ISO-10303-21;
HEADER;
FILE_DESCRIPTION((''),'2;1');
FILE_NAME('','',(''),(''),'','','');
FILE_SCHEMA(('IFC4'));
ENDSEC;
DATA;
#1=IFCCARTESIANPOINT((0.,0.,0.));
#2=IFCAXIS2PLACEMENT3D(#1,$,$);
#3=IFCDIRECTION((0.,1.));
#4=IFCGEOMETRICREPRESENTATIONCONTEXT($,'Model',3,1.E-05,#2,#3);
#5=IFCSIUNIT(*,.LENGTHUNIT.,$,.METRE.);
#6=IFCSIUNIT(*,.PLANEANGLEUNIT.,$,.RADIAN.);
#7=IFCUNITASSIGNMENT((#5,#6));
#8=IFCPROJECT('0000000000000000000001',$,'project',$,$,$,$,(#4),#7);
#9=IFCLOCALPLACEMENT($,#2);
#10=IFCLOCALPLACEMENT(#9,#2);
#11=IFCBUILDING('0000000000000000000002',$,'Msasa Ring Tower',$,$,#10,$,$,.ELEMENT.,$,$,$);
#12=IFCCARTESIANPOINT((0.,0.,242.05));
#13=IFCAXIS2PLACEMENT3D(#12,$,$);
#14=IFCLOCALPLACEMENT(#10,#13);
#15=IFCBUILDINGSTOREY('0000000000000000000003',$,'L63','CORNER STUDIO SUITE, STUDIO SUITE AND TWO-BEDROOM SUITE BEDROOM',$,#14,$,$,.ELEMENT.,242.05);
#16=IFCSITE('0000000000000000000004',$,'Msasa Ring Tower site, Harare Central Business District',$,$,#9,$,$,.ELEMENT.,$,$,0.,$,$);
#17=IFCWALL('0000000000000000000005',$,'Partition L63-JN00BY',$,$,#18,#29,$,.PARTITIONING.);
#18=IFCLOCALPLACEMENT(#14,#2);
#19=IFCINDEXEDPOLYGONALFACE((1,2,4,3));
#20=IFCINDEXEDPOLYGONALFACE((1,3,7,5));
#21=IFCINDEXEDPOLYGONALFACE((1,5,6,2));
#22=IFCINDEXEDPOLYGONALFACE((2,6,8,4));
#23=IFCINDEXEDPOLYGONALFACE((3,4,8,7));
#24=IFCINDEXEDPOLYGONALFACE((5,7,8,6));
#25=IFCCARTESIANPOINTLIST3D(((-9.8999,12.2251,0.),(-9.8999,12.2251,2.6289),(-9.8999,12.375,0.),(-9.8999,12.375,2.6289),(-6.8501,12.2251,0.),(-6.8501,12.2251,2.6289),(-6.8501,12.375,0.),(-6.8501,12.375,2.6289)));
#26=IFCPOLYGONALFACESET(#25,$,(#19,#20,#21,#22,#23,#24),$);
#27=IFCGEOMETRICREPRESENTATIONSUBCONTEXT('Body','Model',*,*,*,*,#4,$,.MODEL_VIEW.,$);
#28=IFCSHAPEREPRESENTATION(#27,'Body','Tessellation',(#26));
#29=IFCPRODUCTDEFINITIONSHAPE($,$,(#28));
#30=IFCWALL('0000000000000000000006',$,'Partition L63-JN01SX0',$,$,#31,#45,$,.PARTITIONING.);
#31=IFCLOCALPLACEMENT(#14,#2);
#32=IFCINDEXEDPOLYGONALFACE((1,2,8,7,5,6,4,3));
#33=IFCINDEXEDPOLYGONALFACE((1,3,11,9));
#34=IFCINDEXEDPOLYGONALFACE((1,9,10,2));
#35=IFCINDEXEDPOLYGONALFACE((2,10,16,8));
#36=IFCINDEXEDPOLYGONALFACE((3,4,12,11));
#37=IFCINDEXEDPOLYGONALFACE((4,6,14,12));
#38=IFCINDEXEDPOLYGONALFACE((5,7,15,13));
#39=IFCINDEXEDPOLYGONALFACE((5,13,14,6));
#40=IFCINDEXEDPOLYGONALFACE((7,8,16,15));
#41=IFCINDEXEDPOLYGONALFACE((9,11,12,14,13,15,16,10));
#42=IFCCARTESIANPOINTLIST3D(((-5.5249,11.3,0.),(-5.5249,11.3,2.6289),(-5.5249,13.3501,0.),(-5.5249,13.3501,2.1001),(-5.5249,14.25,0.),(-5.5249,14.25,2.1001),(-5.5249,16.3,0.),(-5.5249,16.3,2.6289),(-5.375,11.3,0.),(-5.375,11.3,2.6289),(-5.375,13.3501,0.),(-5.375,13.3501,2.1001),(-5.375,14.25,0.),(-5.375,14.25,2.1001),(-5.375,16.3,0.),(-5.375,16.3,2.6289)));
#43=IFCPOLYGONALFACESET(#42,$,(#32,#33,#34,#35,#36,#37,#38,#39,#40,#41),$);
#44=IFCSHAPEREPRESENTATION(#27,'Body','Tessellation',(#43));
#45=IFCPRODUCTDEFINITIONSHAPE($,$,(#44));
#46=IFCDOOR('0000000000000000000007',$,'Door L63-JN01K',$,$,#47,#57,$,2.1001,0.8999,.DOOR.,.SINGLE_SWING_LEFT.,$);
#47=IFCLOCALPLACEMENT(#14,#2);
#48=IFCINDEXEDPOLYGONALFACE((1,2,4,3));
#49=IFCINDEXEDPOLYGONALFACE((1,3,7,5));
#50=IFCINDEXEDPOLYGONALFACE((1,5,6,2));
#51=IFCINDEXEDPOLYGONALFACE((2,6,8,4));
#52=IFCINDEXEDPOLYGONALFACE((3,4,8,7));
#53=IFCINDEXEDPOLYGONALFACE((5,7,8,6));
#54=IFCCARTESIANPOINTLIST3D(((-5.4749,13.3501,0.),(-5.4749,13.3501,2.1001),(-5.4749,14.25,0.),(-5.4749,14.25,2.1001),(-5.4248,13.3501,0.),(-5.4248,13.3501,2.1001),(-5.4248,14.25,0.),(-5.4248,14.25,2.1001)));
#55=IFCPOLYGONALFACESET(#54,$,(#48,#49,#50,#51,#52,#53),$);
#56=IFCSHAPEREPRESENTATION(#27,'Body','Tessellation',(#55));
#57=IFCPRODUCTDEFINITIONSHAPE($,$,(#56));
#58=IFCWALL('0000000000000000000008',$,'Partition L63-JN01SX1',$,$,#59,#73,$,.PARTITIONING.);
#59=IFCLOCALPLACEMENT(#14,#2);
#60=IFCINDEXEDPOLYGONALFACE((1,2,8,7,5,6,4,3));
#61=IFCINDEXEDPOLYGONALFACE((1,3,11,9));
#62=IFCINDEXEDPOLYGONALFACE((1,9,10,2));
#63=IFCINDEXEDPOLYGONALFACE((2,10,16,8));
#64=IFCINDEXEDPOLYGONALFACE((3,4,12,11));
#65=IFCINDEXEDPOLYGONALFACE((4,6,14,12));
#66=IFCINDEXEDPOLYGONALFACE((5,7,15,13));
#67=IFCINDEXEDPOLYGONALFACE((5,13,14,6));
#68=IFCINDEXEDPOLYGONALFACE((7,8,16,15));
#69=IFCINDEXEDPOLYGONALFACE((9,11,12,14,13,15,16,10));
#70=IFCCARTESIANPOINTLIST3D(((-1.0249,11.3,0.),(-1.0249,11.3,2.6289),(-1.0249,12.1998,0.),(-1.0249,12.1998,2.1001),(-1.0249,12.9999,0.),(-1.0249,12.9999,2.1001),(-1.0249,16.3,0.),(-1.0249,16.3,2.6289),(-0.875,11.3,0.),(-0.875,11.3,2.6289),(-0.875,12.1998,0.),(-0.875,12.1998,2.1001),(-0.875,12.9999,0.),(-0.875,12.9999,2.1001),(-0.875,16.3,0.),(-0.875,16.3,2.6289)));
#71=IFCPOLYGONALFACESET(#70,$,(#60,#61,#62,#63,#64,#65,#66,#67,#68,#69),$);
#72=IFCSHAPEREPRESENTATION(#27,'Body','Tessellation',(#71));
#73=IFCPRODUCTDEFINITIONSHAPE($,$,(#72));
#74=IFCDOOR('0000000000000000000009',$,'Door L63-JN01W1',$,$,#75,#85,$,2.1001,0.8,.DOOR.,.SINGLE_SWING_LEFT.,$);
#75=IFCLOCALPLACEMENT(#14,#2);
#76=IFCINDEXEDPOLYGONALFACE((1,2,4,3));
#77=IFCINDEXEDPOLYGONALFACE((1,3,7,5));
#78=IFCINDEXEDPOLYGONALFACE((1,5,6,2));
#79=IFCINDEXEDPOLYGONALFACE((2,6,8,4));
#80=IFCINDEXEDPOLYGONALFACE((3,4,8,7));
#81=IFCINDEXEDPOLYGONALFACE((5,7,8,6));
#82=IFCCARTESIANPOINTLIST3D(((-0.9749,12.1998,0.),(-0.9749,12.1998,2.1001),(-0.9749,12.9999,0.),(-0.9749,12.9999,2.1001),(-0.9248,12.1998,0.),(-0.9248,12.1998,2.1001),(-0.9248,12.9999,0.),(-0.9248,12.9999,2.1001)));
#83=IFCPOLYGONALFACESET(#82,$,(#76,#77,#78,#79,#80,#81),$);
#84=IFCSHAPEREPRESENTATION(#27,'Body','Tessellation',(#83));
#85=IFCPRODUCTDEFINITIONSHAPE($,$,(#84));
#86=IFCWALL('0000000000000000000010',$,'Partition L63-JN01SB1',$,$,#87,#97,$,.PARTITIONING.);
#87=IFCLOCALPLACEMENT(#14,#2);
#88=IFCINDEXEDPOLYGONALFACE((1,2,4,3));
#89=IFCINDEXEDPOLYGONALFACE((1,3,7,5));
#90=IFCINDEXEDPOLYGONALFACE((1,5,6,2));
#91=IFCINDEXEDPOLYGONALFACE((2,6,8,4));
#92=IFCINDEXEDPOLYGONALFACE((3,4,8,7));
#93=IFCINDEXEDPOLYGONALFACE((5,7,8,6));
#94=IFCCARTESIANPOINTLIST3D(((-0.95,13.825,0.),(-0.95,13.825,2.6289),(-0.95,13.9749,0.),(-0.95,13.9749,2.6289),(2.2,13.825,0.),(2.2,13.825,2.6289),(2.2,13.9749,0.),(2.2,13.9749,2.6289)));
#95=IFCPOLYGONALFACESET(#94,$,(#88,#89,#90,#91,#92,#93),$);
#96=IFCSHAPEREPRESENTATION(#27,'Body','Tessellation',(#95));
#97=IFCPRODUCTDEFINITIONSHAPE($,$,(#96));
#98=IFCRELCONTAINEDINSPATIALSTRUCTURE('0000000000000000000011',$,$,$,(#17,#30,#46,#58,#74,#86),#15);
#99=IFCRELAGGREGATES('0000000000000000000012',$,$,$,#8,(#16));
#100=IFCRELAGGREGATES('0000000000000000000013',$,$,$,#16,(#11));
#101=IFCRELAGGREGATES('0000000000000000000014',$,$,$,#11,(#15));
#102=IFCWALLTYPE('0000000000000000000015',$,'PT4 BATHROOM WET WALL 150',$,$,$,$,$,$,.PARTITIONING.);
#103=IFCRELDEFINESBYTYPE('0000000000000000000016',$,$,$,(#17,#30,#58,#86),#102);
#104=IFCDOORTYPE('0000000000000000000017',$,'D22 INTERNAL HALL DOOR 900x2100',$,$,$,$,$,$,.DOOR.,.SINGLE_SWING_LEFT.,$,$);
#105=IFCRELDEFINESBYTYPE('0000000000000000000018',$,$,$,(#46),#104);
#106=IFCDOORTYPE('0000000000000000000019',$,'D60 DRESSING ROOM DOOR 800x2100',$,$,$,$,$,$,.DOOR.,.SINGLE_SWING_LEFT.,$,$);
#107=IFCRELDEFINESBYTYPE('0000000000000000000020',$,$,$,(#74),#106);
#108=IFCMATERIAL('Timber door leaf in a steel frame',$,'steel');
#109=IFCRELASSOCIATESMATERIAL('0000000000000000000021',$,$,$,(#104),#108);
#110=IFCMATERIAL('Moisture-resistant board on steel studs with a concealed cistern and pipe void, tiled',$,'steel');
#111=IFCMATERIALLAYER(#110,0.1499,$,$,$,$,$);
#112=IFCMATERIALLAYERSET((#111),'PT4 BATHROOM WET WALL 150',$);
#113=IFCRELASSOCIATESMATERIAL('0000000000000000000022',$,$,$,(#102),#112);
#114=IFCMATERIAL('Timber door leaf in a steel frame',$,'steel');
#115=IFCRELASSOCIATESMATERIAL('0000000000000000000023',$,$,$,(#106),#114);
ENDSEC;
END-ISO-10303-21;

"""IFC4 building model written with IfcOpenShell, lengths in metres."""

from ifc_helpers import new_model, si_unit, direction, frame, frame_2d, origin, place, context, subcontext, project, spatial, rectangle, extrude, material, layer, layer_set, type_object, element, fill, save


model = new_model("IFC4")

# Units and contexts
model_context = context("Model", 3, precision=1e-05, world=origin(), true_north=direction((0.0, 1.0)))
body_context = subcontext(model_context, "Body", "Model", "MODEL_VIEW")
ifc_project = project(units=[si_unit("LENGTHUNIT", "METRE"), si_unit("PLANEANGLEUNIT", "RADIAN")], contexts=[model_context])

# Site, building, storey
site_placement = place(None, origin())
site = spatial("IfcSite", under=ifc_project, at=site_placement, Name="Msasa Ring Tower site, Harare Central Business District", CompositionType="ELEMENT", RefElevation=0.0)
building_placement = place(site_placement, origin())
building = spatial("IfcBuilding", under=site, at=building_placement, Name="Msasa Ring Tower", CompositionType="ELEMENT")
storey_placement = place(building_placement, frame((0.0, 0.0, 242.05)))
storey = spatial("IfcBuildingStorey", under=building, at=storey_placement, Name="L63", Description="CORNER STUDIO SUITE, STUDIO SUITE AND TWO-BEDROOM SUITE BEDROOM", CompositionType="ELEMENT", Elevation=242.05)

# Shared definitions
ifc_material_1 = material(Name="Timber door leaf in a steel frame", Category="steel")
door_type_1 = type_object("IfcDoorType", Name="D22 INTERNAL HALL DOOR 900x2100", OperationType="SINGLE_SWING_LEFT", PredefinedType="DOOR", material=ifc_material_1)

# Shared definitions
ifc_material_2 = material(Name="Moisture-resistant board on steel studs with a concealed cistern and pipe void, tiled", Category="steel")
ifc_layer_1 = layer(ifc_material_2, 0.1499)
ifc_layer_set_1 = layer_set([ifc_layer_1], Name="PT4 BATHROOM WET WALL 150")
wall_type_1 = type_object("IfcWallType", Name="PT4 BATHROOM WET WALL 150", PredefinedType="PARTITIONING", material=ifc_layer_set_1)

# Wall
wall_1_placement = place(storey_placement, frame((-9.8999, 12.3, 0.0), z_axis=(0.0, 0.0, 1.0), x_axis=(1.0, 0.0, 0.0)))
element("IfcWall", 1, at=wall_1_placement, inside=storey, type_object=wall_type_1, Name="Partition L63-JN00BY", PredefinedType="PARTITIONING", context=body_context, shape_type="SweptSolid", body=[
    extrude(rectangle(XDim=3.0498, YDim=0.1499, at=frame_2d((1.5249, 0.0))), origin(), (0.0, 0.0, 1.0), 2.6289),
])

# Walls, openings, doors
wall_2_placement = place(storey_placement, frame((-5.45, 11.3, 0.0), z_axis=(0.0, 0.0, 1.0), x_axis=(0.0, 1.0, 0.0)))
wall_2 = element("IfcWall", 2, at=wall_2_placement, inside=storey, type_object=wall_type_1, Name="Partition L63-JN01SX0", PredefinedType="PARTITIONING", context=body_context, shape_type="SweptSolid", body=[
    extrude(rectangle(XDim=5.0, YDim=0.1499, at=frame_2d((2.5, 0.0))), origin(), (0.0, 0.0, 1.0), 2.6289),
])
opening_1_placement = place(wall_2_placement, frame((2.05, 0.0, 0.0)))
opening_1 = element("IfcOpeningElement", 3, at=opening_1_placement, cuts=wall_2, PredefinedType="OPENING", context=body_context, shape_type="SweptSolid", body=[
    extrude(rectangle(XDim=0.8999, YDim=2.1001, at=frame_2d((0.45, 1.05))), frame((0.0, 0.085, 0.0), z_axis=(0.0, -1.0, 0.0), x_axis=(1.0, 0.0, 0.0)), (0.0, 0.0, 1.0), 0.1699),
])
door_1_placement = place(opening_1_placement, origin())
door_1 = element("IfcDoor", 4, at=door_1_placement, inside=storey, type_object=door_type_1, Name="Door L63-JN01K", OperationType="SINGLE_SWING_LEFT", OverallHeight=2.1001, OverallWidth=0.8999, PredefinedType="DOOR", context=body_context, shape_type="SweptSolid", body=[
    extrude(rectangle(XDim=0.8999, YDim=2.1001, at=frame_2d((0.45, 1.05))), frame((0.0, 0.0249, 0.0), z_axis=(0.0, -1.0, 0.0), x_axis=(1.0, 0.0, 0.0)), (0.0, 0.0, 1.0), 0.05),
])
fill(opening_1, door_1)
wall_3_placement = place(storey_placement, frame((-0.95, 11.3, 0.0), z_axis=(0.0, 0.0, 1.0), x_axis=(0.0, 1.0, 0.0)))
wall_3 = element("IfcWall", 5, at=wall_3_placement, inside=storey, type_object=wall_type_1, Name="Partition L63-JN01SX1", PredefinedType="PARTITIONING", context=body_context, shape_type="SweptSolid", body=[
    extrude(rectangle(XDim=5.0, YDim=0.1499, at=frame_2d((2.5, 0.0))), origin(), (0.0, 0.0, 1.0), 2.6289),
])
opening_2_placement = place(wall_3_placement, frame((0.8999, 0.0, 0.0)))
opening_2 = element("IfcOpeningElement", 6, at=opening_2_placement, cuts=wall_3, PredefinedType="OPENING", context=body_context, shape_type="SweptSolid", body=[
    extrude(rectangle(XDim=0.8, YDim=2.1001, at=frame_2d((0.3999, 1.05))), frame((0.0, 0.085, 0.0), z_axis=(0.0, -1.0, 0.0), x_axis=(1.0, 0.0, 0.0)), (0.0, 0.0, 1.0), 0.1699),
])
ifc_material_3 = material(Name="Timber door leaf in a steel frame", Category="steel")
door_type_2 = type_object("IfcDoorType", Name="D60 DRESSING ROOM DOOR 800x2100", OperationType="SINGLE_SWING_LEFT", PredefinedType="DOOR", material=ifc_material_3)
door_2_placement = place(opening_2_placement, origin())
door_2 = element("IfcDoor", 7, at=door_2_placement, inside=storey, type_object=door_type_2, Name="Door L63-JN01W1", OperationType="SINGLE_SWING_LEFT", OverallHeight=2.1001, OverallWidth=0.8, PredefinedType="DOOR", context=body_context, shape_type="SweptSolid", body=[
    extrude(rectangle(XDim=0.8, YDim=2.1001, at=frame_2d((0.3999, 1.05))), frame((0.0, 0.0249, 0.0), z_axis=(0.0, -1.0, 0.0), x_axis=(1.0, 0.0, 0.0)), (0.0, 0.0, 1.0), 0.05),
])
fill(opening_2, door_2)

# Wall
wall_4_placement = place(storey_placement, frame((-0.95, 13.8999, 0.0), z_axis=(0.0, 0.0, 1.0), x_axis=(1.0, 0.0, 0.0)))
element("IfcWall", 8, at=wall_4_placement, inside=storey, type_object=wall_type_1, Name="Partition L63-JN01SB1", PredefinedType="PARTITIONING", context=body_context, shape_type="SweptSolid", body=[
    extrude(rectangle(XDim=3.1499, YDim=0.1499, at=frame_2d((1.575, 0.0))), origin(), (0.0, 0.0, 1.0), 2.6289),
])

save(model, "model.ifc")
